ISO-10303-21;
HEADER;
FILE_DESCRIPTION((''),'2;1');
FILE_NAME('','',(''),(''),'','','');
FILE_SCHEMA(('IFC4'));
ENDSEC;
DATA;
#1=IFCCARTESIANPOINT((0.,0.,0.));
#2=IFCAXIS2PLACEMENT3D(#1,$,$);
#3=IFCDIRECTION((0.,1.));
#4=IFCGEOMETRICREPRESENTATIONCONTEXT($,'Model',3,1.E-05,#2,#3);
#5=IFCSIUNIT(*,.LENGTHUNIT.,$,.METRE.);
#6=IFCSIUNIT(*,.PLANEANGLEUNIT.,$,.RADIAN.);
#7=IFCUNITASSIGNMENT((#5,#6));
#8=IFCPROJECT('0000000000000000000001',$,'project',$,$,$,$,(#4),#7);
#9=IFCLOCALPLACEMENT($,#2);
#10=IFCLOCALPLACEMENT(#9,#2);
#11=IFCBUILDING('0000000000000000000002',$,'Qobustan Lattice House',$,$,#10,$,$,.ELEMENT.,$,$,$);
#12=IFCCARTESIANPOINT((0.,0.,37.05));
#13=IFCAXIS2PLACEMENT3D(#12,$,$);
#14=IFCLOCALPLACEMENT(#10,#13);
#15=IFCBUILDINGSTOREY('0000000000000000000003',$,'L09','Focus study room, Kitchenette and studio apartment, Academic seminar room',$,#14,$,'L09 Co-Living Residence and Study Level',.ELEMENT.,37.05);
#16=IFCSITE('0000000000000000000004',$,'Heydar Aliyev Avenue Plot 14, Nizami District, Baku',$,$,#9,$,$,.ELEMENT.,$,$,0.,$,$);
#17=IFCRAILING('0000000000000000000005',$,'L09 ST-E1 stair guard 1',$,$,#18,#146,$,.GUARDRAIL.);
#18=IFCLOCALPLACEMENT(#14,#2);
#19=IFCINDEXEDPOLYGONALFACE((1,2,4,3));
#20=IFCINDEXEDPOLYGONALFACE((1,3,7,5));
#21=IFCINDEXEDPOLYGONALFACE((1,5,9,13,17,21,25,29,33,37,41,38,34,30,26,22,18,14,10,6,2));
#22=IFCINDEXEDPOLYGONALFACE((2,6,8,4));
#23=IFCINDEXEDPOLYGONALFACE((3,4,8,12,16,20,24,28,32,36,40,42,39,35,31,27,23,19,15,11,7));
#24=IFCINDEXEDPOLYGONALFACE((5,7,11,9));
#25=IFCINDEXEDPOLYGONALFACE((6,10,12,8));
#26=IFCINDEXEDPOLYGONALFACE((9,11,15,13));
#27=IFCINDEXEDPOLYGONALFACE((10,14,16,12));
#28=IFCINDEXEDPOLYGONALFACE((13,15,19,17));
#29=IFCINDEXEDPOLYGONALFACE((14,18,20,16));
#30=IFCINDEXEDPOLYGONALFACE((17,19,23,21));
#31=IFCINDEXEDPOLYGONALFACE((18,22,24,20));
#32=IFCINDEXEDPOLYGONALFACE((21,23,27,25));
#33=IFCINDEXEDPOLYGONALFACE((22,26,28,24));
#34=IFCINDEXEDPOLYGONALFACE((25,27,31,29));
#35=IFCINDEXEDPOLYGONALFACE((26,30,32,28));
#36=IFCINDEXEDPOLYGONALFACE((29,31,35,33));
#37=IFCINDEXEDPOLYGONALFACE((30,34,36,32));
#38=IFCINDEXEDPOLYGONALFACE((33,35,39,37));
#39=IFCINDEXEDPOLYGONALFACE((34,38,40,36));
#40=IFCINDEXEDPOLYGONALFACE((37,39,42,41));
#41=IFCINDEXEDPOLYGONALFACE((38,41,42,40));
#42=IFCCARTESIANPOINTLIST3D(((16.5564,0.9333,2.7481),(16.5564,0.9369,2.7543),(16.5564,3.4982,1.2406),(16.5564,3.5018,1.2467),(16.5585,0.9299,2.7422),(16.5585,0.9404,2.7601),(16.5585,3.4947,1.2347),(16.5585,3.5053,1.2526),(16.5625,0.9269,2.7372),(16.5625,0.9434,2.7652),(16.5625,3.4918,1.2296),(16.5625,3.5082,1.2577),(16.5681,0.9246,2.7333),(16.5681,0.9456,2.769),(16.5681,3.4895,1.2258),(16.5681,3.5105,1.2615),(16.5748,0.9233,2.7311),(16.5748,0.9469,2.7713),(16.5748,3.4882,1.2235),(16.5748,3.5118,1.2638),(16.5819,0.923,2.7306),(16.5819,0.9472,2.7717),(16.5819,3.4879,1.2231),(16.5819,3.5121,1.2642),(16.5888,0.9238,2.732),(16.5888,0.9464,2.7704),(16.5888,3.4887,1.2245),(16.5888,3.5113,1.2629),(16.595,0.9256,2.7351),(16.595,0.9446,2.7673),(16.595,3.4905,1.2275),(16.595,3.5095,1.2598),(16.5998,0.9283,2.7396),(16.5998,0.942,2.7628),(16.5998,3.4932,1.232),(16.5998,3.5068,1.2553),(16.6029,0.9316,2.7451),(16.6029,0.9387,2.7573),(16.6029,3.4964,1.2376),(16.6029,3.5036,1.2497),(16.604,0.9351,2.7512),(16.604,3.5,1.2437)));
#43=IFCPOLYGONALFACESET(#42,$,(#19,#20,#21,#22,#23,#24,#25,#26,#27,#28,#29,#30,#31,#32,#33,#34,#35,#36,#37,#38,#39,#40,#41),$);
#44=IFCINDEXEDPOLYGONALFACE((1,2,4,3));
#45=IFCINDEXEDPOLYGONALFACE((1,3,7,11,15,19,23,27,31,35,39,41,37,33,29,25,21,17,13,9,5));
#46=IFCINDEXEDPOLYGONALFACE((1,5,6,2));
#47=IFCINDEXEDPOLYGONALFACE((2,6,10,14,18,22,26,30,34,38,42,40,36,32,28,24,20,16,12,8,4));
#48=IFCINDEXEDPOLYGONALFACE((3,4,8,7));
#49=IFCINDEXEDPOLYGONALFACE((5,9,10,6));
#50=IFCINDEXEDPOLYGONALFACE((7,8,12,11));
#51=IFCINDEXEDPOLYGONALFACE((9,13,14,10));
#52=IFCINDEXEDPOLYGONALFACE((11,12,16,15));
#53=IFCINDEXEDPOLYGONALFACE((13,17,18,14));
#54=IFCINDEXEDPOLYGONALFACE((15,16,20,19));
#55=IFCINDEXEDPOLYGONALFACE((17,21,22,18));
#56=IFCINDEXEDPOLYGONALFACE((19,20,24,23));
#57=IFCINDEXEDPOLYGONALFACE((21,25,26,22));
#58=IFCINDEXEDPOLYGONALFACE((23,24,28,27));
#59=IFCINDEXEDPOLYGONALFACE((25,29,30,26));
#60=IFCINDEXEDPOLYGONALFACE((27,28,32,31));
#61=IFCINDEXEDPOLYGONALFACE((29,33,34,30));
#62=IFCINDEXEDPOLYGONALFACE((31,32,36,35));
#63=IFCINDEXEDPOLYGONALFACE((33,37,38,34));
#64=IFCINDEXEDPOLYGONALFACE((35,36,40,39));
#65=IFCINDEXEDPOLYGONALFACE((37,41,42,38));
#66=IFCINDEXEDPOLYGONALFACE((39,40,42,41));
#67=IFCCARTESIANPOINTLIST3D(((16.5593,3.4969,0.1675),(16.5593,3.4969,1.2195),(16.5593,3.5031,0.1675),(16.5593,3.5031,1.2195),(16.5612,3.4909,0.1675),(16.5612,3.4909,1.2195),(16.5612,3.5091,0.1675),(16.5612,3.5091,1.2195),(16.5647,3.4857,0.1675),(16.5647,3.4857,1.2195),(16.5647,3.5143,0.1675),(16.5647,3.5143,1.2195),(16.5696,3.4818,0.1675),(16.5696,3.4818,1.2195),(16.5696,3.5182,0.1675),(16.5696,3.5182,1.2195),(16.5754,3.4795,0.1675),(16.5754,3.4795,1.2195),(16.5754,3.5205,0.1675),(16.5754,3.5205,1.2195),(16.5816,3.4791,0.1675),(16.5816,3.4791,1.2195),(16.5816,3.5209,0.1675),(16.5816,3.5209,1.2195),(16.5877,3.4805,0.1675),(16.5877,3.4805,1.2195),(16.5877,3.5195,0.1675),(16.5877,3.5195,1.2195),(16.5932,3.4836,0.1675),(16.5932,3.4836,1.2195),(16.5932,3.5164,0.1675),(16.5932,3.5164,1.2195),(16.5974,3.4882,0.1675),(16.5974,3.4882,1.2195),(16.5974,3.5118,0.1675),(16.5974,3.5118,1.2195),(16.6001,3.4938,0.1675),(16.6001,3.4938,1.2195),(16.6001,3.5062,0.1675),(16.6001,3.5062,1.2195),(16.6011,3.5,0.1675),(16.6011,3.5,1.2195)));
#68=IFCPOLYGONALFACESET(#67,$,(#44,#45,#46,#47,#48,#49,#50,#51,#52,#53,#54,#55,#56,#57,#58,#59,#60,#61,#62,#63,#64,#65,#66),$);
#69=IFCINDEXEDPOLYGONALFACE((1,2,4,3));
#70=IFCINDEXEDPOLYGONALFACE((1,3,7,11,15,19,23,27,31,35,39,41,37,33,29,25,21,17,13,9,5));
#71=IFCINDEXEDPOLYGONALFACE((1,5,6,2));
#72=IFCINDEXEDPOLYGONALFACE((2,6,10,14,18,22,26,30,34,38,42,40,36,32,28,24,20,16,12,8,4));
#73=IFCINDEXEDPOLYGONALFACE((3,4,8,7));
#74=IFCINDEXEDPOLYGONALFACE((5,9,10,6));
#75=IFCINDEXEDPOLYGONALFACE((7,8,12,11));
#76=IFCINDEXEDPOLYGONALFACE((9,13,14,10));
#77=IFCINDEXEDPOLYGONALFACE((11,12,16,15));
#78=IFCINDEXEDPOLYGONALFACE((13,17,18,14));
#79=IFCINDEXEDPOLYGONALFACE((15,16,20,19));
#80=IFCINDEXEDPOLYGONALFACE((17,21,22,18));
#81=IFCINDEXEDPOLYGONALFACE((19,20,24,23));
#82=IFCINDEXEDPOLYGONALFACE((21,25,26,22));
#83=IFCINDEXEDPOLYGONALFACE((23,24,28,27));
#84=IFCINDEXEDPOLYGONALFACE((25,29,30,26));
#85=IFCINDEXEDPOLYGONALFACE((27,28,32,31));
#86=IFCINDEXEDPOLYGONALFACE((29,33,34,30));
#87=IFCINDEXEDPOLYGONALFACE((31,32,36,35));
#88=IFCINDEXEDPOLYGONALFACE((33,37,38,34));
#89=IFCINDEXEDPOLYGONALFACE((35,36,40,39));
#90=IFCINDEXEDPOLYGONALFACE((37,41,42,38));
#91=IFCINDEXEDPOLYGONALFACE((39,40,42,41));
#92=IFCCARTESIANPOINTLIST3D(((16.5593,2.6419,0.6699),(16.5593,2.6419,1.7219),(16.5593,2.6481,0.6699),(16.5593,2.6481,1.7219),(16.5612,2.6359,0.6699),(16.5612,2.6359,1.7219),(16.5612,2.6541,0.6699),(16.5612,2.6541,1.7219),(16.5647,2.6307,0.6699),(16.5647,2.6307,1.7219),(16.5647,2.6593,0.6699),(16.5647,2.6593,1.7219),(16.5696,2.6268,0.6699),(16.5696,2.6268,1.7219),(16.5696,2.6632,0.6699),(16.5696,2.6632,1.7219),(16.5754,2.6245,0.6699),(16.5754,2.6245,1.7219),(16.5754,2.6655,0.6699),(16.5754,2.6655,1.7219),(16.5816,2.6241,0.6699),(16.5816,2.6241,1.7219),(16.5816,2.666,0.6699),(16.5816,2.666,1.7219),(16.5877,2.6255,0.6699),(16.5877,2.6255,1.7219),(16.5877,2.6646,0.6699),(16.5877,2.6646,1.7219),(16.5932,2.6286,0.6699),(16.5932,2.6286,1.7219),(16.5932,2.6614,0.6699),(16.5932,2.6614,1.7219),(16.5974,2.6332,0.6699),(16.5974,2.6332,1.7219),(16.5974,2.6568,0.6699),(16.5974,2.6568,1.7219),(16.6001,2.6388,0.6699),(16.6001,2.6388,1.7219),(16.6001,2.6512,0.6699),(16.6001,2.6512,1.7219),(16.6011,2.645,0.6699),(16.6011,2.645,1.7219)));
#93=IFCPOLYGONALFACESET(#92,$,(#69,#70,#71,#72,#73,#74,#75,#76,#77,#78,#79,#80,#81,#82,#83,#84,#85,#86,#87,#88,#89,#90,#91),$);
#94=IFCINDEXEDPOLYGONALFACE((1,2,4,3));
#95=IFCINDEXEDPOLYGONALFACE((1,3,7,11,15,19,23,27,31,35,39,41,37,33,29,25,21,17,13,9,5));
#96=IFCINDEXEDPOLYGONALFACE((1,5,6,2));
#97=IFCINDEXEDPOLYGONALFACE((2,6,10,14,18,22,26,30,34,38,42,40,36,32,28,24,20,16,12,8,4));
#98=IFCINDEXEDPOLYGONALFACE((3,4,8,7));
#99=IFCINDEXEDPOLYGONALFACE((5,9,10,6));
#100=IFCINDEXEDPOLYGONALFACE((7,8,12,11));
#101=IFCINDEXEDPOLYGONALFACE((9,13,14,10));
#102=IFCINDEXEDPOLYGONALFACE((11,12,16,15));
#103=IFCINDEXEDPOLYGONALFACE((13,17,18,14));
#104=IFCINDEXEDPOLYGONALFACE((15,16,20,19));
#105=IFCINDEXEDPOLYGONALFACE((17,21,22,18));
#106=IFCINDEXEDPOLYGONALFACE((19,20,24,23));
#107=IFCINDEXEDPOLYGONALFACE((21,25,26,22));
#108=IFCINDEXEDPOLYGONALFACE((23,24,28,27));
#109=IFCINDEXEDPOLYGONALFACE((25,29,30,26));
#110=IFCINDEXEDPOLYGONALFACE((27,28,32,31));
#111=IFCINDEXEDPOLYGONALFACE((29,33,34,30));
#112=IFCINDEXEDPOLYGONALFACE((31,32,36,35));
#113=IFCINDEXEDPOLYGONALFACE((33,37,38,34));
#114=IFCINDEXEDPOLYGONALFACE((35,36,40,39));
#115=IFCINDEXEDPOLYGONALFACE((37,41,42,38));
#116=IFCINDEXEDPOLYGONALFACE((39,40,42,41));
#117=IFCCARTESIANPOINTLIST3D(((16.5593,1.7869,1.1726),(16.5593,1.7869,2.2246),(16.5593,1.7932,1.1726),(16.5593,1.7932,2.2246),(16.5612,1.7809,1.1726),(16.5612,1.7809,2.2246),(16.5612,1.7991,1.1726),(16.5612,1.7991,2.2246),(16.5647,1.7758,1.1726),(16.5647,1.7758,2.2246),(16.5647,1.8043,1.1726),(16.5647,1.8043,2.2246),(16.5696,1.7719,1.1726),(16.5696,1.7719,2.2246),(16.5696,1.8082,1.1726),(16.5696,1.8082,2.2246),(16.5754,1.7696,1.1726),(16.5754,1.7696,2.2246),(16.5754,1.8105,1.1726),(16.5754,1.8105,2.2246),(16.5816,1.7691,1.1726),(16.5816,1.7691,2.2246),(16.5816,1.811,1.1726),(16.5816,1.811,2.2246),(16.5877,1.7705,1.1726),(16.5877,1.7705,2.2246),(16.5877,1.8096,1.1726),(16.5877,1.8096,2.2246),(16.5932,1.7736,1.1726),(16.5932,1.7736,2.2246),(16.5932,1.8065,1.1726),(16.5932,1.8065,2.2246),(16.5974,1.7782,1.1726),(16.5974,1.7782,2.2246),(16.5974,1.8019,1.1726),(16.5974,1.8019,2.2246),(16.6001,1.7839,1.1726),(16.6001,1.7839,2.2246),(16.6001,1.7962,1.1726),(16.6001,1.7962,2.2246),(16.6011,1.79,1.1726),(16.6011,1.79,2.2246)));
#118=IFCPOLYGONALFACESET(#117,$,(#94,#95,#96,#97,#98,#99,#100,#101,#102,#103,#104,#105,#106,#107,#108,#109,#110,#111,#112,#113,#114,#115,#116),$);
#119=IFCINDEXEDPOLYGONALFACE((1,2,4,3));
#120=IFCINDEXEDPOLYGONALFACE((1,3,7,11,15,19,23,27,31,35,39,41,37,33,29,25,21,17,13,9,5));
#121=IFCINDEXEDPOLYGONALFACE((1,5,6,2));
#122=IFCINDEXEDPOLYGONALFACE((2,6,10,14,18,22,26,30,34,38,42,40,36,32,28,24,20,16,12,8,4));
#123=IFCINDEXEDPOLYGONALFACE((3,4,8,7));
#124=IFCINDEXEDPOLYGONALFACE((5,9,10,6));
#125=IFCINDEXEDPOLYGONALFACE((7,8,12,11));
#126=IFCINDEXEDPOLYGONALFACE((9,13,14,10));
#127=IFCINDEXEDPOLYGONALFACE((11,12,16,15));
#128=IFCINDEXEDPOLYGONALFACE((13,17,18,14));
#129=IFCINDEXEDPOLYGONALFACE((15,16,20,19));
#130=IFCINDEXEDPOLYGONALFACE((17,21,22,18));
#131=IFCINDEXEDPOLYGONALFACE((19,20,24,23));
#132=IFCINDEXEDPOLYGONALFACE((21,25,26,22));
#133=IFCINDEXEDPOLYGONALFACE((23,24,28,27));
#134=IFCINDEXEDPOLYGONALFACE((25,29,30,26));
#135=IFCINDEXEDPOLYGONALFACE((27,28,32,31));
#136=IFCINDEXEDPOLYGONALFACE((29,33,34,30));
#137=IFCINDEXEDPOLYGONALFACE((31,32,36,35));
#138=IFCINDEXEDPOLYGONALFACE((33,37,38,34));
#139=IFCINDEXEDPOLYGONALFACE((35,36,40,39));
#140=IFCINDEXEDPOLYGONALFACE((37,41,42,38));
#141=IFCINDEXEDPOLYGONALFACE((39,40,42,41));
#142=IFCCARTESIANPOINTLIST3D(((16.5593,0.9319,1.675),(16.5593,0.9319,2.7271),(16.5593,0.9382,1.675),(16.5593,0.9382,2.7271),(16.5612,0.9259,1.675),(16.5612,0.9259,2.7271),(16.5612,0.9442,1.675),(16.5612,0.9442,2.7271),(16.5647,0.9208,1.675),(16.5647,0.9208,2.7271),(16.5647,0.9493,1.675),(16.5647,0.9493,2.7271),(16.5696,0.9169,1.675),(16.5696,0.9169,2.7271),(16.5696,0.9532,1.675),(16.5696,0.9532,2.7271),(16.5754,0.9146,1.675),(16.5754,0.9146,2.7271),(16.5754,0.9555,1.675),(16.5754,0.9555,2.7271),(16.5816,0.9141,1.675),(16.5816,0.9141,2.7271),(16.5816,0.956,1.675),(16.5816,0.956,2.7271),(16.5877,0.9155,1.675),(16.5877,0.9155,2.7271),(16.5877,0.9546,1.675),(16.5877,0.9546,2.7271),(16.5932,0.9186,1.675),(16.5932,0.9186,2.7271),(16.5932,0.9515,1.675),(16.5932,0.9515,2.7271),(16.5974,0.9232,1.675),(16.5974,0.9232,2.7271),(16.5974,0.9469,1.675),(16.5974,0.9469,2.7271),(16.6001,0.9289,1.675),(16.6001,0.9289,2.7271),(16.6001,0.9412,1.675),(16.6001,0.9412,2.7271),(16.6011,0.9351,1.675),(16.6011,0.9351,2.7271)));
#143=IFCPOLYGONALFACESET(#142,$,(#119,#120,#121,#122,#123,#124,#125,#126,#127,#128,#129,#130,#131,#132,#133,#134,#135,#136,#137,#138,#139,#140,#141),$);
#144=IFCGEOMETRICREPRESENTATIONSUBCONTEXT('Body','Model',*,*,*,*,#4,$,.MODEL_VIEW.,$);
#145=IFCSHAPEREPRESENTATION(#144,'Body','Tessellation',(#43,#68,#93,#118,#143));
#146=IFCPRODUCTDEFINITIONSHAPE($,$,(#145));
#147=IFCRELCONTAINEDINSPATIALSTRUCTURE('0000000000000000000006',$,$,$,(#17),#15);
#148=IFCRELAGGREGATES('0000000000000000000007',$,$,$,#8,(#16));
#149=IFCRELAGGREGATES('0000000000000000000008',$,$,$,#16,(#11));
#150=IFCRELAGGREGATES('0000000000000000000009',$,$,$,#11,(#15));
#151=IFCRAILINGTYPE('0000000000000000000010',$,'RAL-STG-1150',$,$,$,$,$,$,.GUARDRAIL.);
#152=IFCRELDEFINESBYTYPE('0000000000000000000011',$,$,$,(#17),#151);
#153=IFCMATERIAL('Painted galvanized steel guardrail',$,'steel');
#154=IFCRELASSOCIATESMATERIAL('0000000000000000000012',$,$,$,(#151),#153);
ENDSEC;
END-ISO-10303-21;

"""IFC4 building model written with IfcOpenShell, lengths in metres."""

from ifc_helpers import new_model, si_unit, direction, frame, origin, origin_2d, place, context, subcontext, project, spatial, circle, extrude, material, type_object, element, save


model = new_model("IFC4")

# Units and contexts
model_context = context("Model", 3, precision=1e-05, world=origin(), true_north=direction((0.0, 1.0)))
body_context = subcontext(model_context, "Body", "Model", "MODEL_VIEW")
ifc_project = project(units=[si_unit("LENGTHUNIT", "METRE"), si_unit("PLANEANGLEUNIT", "RADIAN")], contexts=[model_context])

# Site, building, storey
site_placement = place(None, origin())
site = spatial("IfcSite", under=ifc_project, at=site_placement, Name="Heydar Aliyev Avenue Plot 14, Nizami District, Baku", CompositionType="ELEMENT", RefElevation=0.0)
building_placement = place(site_placement, origin())
building = spatial("IfcBuilding", under=site, at=building_placement, Name="Qobustan Lattice House", CompositionType="ELEMENT")
storey_placement = place(building_placement, frame((0.0, 0.0, 37.05)))
storey = spatial("IfcBuildingStorey", under=building, at=storey_placement, Name="L09", Description="Focus study room, Kitchenette and studio apartment, Academic seminar room", LongName="L09 Co-Living Residence and Study Level", CompositionType="ELEMENT", Elevation=37.05)

# Railing
ifc_material_1 = material(Name="Painted galvanized steel guardrail", Category="steel")
railing_type_1 = type_object("IfcRailingType", Name="RAL-STG-1150", PredefinedType="GUARDRAIL", material=ifc_material_1)
railing_1_placement = place(storey_placement, frame((16.5801, 3.5, 0.1675)))
element("IfcRailing", 1, at=railing_1_placement, inside=storey, type_object=railing_type_1, Name="L09 ST-E1 stair guard 1", PredefinedType="GUARDRAIL", context=body_context, shape_type="SweptSolid", body=[
    extrude(circle(Radius=0.0239, at=origin_2d()), frame((0.0, 0.0, 1.0762), z_axis=(0.0, -0.862113, 0.506715), x_axis=(1.0, 0.0, 0.0)), (0.0, 0.0, 1.0), 2.9751),
    extrude(circle(Radius=0.021, at=origin_2d()), origin(), (0.0, 0.0, 1.0), 1.052),
    extrude(circle(Radius=0.021, at=origin_2d()), frame((0.0, -0.855, 0.5024)), (0.0, 0.0, 1.0), 1.052),
    extrude(circle(Radius=0.021, at=origin_2d()), frame((0.0, -1.71, 1.0051)), (0.0, 0.0, 1.0), 1.052),
    extrude(circle(Radius=0.021, at=origin_2d()), frame((0.0, -2.5649, 1.5076)), (0.0, 0.0, 1.0), 1.052),
])

save(model, "model.ifc")
